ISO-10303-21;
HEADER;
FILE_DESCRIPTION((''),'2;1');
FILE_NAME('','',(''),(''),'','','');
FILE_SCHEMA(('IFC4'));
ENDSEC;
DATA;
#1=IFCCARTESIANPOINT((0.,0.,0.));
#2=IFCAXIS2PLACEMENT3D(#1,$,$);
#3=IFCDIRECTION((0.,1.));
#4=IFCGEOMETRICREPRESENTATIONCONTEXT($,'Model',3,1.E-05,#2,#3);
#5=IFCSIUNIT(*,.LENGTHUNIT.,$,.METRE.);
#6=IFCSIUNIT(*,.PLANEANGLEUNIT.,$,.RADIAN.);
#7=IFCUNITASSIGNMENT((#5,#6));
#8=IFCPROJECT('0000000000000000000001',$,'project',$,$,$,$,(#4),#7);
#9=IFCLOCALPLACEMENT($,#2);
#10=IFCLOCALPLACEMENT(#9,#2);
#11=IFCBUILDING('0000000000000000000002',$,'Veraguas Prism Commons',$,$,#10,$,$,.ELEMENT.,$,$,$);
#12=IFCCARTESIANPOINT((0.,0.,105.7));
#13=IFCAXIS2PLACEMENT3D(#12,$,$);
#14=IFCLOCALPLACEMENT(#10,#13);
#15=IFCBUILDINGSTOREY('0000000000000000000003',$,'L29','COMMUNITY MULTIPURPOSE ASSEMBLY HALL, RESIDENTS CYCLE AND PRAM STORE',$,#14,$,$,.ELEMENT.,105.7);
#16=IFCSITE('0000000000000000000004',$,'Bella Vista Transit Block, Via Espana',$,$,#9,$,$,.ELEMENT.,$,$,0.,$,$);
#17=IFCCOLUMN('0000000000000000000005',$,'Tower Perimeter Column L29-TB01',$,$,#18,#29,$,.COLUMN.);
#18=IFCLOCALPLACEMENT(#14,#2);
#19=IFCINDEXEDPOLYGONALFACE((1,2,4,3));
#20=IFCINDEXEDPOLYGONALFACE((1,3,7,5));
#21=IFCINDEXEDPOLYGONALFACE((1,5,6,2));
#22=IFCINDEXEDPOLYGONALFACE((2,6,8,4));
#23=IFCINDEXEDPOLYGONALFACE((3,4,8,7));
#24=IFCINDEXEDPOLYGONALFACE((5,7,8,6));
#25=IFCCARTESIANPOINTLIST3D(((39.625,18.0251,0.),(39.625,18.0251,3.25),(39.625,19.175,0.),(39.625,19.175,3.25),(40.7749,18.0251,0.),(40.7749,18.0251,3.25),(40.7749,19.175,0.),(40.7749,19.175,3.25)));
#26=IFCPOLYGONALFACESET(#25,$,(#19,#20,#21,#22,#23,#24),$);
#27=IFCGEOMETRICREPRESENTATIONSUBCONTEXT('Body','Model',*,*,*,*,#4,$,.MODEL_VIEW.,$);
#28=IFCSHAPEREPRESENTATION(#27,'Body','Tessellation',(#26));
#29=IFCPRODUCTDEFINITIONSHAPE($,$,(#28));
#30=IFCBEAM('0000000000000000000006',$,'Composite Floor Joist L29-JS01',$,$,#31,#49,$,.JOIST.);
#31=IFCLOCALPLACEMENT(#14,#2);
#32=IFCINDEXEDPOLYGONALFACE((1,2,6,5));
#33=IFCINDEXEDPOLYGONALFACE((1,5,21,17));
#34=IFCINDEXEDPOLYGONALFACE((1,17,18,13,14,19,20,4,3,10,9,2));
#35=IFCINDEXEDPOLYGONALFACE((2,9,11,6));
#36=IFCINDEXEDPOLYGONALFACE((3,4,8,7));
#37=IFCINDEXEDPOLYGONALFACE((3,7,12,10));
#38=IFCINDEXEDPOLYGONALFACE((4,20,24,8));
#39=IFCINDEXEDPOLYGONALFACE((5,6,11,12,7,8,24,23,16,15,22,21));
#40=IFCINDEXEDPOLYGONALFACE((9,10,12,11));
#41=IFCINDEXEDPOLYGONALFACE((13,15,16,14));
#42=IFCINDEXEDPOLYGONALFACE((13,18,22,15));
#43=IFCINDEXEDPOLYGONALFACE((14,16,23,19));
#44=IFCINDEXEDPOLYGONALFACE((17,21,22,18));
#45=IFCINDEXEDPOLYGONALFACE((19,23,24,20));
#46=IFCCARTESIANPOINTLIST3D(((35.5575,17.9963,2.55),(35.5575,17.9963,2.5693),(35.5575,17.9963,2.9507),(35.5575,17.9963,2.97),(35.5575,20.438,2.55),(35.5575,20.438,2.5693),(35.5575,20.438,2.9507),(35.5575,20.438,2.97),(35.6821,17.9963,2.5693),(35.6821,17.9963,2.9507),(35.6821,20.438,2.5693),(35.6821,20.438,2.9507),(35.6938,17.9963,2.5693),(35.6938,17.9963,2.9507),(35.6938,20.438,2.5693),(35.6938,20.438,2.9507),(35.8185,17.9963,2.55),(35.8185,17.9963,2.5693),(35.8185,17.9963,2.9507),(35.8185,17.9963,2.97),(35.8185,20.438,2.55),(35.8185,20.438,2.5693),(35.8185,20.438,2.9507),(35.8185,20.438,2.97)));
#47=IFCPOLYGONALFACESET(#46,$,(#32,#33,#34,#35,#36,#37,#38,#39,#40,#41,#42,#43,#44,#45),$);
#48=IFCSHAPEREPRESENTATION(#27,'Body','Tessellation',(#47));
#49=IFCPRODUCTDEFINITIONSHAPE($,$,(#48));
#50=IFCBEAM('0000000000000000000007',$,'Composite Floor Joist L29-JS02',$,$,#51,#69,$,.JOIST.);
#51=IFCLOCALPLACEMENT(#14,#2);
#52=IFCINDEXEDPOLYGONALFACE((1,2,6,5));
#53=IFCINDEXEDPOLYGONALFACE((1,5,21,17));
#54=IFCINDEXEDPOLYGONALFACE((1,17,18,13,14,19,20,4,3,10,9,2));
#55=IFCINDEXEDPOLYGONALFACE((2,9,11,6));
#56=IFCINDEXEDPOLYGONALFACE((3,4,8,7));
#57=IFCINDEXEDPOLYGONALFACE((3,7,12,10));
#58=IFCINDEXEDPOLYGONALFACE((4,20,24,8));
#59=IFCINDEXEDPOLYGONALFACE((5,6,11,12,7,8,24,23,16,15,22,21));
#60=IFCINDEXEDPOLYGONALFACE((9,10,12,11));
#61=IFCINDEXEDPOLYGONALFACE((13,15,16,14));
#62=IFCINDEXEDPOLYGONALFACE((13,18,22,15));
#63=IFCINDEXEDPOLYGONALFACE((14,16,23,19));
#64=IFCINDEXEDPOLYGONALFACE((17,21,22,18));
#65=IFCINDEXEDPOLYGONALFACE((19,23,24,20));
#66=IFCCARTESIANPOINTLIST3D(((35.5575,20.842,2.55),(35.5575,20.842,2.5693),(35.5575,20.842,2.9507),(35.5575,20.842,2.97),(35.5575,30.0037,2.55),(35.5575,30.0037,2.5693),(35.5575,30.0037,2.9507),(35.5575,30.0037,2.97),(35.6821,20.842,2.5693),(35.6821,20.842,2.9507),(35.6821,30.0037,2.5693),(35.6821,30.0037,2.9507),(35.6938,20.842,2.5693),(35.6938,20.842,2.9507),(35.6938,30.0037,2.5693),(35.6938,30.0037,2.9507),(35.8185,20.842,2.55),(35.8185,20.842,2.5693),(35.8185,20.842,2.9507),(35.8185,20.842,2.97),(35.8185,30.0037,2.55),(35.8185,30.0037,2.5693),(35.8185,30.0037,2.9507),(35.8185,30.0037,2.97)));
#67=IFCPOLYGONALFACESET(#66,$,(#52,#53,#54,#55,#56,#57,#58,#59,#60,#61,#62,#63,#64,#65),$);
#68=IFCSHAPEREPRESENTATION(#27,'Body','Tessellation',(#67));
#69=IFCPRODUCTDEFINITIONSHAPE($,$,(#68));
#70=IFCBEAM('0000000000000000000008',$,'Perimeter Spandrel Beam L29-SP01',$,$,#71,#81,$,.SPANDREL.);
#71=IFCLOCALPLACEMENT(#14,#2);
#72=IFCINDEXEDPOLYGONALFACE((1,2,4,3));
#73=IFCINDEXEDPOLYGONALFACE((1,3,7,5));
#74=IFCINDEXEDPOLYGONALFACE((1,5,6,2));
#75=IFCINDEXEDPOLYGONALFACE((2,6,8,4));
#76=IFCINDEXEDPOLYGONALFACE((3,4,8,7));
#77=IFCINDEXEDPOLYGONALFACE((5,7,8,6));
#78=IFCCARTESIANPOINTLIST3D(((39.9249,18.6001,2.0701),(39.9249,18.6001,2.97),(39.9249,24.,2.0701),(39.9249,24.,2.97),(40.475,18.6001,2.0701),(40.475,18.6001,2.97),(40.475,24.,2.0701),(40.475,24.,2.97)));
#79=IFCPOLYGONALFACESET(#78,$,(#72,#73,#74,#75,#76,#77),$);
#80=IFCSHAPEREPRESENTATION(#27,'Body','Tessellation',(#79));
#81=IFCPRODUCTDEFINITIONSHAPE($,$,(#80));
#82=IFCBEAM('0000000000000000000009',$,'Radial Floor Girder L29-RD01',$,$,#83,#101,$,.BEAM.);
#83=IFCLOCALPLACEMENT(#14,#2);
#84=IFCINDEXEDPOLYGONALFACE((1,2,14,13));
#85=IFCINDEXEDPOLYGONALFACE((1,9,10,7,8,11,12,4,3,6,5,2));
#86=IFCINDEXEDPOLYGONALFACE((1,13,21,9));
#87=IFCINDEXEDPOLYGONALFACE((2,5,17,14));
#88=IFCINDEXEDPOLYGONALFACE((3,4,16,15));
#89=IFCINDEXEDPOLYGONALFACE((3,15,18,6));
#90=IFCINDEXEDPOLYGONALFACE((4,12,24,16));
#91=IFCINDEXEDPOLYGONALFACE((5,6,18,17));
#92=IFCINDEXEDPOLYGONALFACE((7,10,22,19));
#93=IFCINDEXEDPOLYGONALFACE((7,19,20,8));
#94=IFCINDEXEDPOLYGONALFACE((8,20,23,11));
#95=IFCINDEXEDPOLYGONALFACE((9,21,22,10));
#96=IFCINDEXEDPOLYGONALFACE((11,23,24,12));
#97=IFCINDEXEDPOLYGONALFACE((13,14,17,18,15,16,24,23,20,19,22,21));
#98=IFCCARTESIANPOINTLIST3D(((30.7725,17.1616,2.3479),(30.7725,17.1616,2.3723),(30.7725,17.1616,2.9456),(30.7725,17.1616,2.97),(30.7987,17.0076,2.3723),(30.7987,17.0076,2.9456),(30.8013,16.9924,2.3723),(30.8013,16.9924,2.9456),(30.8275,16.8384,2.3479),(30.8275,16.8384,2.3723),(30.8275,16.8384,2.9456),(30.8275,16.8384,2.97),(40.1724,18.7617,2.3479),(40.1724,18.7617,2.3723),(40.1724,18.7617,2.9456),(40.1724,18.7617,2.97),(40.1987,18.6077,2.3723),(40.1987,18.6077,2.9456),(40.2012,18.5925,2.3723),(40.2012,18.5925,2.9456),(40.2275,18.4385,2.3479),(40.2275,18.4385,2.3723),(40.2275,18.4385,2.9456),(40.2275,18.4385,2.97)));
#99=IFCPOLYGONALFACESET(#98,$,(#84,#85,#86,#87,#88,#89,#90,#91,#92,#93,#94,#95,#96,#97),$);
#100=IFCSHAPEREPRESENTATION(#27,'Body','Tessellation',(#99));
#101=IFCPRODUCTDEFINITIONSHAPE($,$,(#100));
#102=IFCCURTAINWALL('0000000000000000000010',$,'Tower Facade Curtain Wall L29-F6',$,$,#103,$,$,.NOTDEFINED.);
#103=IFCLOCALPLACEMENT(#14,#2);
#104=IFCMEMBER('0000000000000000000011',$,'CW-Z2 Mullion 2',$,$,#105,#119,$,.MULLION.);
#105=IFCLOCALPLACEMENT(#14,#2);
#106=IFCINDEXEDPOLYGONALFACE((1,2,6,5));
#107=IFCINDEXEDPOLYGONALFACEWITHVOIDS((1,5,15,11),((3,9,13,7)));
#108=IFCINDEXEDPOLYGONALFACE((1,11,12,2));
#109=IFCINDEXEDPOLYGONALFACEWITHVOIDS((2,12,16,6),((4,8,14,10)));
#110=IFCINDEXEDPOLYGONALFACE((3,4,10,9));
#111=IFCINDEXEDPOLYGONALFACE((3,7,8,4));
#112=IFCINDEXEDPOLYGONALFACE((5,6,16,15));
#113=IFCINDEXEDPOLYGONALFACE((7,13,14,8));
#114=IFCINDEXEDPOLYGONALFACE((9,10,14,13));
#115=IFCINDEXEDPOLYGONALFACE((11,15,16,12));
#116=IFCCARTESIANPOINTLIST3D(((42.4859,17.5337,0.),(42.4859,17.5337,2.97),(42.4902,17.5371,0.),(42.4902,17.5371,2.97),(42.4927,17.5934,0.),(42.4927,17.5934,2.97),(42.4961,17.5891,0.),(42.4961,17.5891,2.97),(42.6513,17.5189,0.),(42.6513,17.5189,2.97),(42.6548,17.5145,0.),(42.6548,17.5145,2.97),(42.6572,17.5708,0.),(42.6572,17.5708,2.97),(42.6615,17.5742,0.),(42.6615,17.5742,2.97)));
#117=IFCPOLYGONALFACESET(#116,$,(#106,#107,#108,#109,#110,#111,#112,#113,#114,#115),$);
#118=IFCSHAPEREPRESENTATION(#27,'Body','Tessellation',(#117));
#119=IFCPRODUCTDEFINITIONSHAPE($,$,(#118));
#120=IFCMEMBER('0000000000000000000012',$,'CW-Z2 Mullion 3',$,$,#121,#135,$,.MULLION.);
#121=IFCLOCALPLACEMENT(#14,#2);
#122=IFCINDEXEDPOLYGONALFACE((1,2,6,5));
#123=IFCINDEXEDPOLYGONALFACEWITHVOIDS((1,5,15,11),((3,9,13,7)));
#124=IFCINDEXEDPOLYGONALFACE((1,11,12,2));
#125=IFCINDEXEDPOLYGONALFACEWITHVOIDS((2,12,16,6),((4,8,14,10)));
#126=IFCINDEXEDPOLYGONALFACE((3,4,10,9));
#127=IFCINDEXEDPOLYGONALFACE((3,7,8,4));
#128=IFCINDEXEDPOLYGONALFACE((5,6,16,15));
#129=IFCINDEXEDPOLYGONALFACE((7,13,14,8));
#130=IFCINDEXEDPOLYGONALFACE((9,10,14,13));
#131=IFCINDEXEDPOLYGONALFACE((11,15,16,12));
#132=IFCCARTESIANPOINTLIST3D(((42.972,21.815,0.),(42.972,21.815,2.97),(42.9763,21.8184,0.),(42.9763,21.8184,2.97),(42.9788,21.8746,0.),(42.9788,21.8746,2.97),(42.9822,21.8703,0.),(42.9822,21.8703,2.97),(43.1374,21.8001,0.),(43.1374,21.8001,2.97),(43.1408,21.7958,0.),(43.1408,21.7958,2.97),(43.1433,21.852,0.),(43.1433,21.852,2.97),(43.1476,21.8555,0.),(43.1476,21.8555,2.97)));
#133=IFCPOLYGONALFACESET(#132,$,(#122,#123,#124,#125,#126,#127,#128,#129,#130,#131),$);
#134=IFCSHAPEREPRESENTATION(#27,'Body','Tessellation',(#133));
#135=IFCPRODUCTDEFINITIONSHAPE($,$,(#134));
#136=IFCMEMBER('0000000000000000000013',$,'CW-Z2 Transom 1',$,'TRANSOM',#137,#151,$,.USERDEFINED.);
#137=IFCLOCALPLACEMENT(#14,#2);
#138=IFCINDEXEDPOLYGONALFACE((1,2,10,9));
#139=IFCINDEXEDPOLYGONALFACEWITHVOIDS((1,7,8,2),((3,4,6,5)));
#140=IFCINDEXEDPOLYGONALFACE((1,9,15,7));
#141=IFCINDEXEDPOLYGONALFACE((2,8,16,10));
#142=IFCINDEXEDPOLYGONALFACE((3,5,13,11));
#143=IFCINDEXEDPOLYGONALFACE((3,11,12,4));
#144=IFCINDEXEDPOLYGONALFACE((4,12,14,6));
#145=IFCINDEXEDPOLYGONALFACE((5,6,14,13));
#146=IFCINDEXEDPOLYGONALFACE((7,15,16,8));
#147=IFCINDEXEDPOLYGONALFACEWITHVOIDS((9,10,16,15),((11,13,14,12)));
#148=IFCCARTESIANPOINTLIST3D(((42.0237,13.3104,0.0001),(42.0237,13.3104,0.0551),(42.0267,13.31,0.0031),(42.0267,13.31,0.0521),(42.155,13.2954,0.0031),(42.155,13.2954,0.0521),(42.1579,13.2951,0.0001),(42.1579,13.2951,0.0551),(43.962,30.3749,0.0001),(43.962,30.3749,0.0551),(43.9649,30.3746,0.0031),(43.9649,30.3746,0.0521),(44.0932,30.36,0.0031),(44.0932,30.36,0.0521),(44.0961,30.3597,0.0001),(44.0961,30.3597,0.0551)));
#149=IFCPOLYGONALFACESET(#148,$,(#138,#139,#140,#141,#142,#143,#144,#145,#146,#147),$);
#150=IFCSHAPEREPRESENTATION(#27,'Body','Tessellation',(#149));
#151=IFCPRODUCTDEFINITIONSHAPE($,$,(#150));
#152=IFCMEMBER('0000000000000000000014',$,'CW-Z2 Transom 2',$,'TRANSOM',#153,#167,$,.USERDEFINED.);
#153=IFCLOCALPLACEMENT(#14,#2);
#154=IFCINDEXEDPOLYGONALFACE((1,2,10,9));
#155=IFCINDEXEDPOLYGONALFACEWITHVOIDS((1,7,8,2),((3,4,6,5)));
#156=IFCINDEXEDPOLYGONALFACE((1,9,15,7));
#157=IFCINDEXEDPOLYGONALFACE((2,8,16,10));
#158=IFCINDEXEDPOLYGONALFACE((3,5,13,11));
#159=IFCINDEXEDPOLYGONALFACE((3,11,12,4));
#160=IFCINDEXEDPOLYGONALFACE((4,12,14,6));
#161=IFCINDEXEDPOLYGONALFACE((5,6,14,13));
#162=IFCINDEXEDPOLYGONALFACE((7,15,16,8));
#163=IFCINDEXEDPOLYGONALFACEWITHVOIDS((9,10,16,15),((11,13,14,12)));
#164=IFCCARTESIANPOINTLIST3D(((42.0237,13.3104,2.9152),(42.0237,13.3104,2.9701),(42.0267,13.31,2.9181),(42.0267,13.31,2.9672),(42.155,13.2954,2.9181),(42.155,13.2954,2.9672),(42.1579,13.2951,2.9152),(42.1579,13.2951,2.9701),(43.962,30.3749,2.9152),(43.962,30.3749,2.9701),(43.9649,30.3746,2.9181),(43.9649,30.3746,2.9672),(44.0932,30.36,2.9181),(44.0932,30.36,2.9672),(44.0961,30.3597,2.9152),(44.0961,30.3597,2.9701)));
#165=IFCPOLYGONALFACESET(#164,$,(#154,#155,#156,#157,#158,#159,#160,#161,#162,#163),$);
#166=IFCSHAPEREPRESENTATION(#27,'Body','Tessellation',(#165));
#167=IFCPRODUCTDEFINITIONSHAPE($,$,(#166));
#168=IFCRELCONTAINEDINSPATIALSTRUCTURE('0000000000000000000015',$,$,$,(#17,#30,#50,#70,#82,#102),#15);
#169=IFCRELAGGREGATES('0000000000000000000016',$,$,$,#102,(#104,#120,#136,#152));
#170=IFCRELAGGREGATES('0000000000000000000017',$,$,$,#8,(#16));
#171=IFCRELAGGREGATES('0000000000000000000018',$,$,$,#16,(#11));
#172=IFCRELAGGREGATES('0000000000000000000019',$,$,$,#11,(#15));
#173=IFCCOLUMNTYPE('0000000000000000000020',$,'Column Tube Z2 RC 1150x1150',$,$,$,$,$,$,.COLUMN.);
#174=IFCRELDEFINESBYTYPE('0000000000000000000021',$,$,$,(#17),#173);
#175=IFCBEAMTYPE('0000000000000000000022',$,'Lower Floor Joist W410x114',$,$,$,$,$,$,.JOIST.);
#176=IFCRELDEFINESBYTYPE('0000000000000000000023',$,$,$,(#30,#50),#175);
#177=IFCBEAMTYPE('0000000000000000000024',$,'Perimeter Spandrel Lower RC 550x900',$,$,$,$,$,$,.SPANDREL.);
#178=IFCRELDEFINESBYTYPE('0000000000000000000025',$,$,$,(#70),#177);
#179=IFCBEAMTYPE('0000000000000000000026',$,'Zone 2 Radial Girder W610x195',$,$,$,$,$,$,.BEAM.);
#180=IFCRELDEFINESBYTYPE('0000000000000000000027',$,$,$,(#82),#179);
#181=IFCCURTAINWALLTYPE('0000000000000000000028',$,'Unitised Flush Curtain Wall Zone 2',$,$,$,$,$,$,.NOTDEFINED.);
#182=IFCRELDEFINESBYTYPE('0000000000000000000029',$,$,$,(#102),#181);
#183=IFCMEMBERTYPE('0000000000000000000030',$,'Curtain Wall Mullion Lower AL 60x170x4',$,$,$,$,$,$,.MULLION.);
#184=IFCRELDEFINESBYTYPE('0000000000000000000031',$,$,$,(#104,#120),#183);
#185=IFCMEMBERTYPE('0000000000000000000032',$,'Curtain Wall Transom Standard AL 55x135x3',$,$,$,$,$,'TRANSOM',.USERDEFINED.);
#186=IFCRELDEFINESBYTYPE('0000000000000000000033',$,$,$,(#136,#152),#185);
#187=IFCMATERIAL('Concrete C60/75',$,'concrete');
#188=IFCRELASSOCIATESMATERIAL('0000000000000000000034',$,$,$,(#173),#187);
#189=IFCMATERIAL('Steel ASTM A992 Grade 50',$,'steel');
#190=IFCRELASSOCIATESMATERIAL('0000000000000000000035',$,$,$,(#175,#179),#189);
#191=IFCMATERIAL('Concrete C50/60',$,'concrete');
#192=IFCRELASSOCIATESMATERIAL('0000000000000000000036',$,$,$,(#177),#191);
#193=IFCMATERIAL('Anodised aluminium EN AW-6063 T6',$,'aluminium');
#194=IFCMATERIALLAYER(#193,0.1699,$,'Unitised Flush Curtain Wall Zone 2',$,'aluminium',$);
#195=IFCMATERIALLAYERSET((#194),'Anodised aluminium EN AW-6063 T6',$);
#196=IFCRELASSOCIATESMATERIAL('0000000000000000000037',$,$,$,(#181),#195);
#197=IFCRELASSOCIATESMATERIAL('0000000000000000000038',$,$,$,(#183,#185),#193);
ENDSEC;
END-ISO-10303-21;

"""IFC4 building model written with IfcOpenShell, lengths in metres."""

from ifc_helpers import new_model, si_unit, direction, frame, origin, origin_2d, place, context, subcontext, project, spatial, rectangle, hollow_rectangle, i_section, extrude, source, transform, mapped, material, layer, layer_set, material_profile, profile_set, type_object, element, aggregate, save


model = new_model("IFC4")

# Units and contexts
model_context = context("Model", 3, precision=1e-05, world=origin(), true_north=direction((0.0, 1.0)))
body_context = subcontext(model_context, "Body", "Model", "MODEL_VIEW")
ifc_project = project(units=[si_unit("LENGTHUNIT", "METRE"), si_unit("PLANEANGLEUNIT", "RADIAN")], contexts=[model_context])

# Site, building, storey
site_placement = place(None, origin())
site = spatial("IfcSite", under=ifc_project, at=site_placement, Name="Bella Vista Transit Block, Via Espana", CompositionType="ELEMENT", RefElevation=0.0)
building_placement = place(site_placement, origin())
building = spatial("IfcBuilding", under=site, at=building_placement, Name="Veraguas Prism Commons", CompositionType="ELEMENT")
storey_placement = place(building_placement, frame((0.0, 0.0, 105.7)))
storey = spatial("IfcBuildingStorey", under=building, at=storey_placement, Name="L29", Description="COMMUNITY MULTIPURPOSE ASSEMBLY HALL, RESIDENTS CYCLE AND PRAM STORE", CompositionType="ELEMENT", Elevation=105.7)

# Column
ifc_material_1 = material(Name="Concrete C60/75", Category="concrete")
ifc_material_profile_1 = material_profile(ifc_material_1, rectangle(XDim=1.1499, YDim=1.1499, at=origin_2d()), Name="RC1150X1150")
ifc_profile_set_1 = profile_set([ifc_material_profile_1], Name="Concrete C60/75")
column_type = type_object("IfcColumnType", Name="Column Tube Z2 RC 1150x1150", PredefinedType="COLUMN", material=ifc_profile_set_1)
column_placement = place(storey_placement, frame((40.2, 18.6001, 0.0), z_axis=(0.0, 0.0, 1.0), x_axis=(1.0, 0.0, 0.0)))
element("IfcColumn", 1, at=column_placement, inside=storey, type_object=column_type, Name="Tower Perimeter Column L29-TB01", PredefinedType="COLUMN", context=body_context, shape_type="SweptSolid", body=[
    extrude(rectangle(XDim=1.1499, YDim=1.1499, at=origin_2d()), origin(), (0.0, 0.0, 1.0), 3.25),
])

# Beams
ifc_material_2 = material(Name="Steel ASTM A992 Grade 50", Category="steel")
ifc_material_profile_2 = material_profile(ifc_material_2, i_section(OverallWidth=0.261, OverallDepth=0.4199, WebThickness=0.0117, FlangeThickness=0.0193, at=origin_2d()), Name="W410X114")
ifc_profile_set_2 = profile_set([ifc_material_profile_2], Name="Steel ASTM A992 Grade 50")
beam_type_1 = type_object("IfcBeamType", Name="Lower Floor Joist W410x114", PredefinedType="JOIST", material=ifc_profile_set_2)
beam_1_placement = place(storey_placement, frame((35.688, 17.9963, 2.76), z_axis=(0.0, 1.0, 0.0), x_axis=(-1.0, 0.0, 0.0)))
element("IfcBeam", 2, at=beam_1_placement, inside=storey, type_object=beam_type_1, Name="Composite Floor Joist L29-JS01", PredefinedType="JOIST", context=body_context, shape_type="SweptSolid", body=[
    extrude(i_section(OverallWidth=0.261, OverallDepth=0.4199, WebThickness=0.0117, FlangeThickness=0.0193, at=origin_2d()), origin(), (0.0, 0.0, 1.0), 2.4417),
])
beam_2_placement = place(storey_placement, frame((35.688, 20.842, 2.76), z_axis=(0.0, 1.0, 0.0), x_axis=(-1.0, 0.0, 0.0)))
element("IfcBeam", 3, at=beam_2_placement, inside=storey, type_object=beam_type_1, Name="Composite Floor Joist L29-JS02", PredefinedType="JOIST", context=body_context, shape_type="SweptSolid", body=[
    extrude(i_section(OverallWidth=0.261, OverallDepth=0.4199, WebThickness=0.0117, FlangeThickness=0.0193, at=origin_2d()), origin(), (0.0, 0.0, 1.0), 9.1616),
])
ifc_material_3 = material(Name="Concrete C50/60", Category="concrete")
ifc_material_profile_3 = material_profile(ifc_material_3, rectangle(XDim=0.55, YDim=0.8999, at=origin_2d()), Name="RC550X900")
ifc_profile_set_3 = profile_set([ifc_material_profile_3], Name="Concrete C50/60")
beam_type_2 = type_object("IfcBeamType", Name="Perimeter Spandrel Lower RC 550x900", PredefinedType="SPANDREL", material=ifc_profile_set_3)
beam_3_placement = place(storey_placement, frame((40.2, 18.6001, 2.52), z_axis=(0.0, 1.0, 0.0), x_axis=(-1.0, 0.0, 0.0)))
element("IfcBeam", 4, at=beam_3_placement, inside=storey, type_object=beam_type_2, Name="Perimeter Spandrel Beam L29-SP01", PredefinedType="SPANDREL", context=body_context, shape_type="SweptSolid", body=[
    extrude(rectangle(XDim=0.55, YDim=0.8999, at=origin_2d()), origin(), (0.0, 0.0, 1.0), 5.3999),
])
ifc_material_profile_4 = material_profile(ifc_material_2, i_section(OverallWidth=0.3279, OverallDepth=0.6221, WebThickness=0.0154, FlangeThickness=0.0244, at=origin_2d()), Name="W610X195")
ifc_profile_set_4 = profile_set([ifc_material_profile_4], Name="Steel ASTM A992 Grade 50")
beam_type_3 = type_object("IfcBeamType", Name="Zone 2 Radial Girder W610x195", PredefinedType="BEAM", material=ifc_profile_set_4)
beam_4_placement = place(storey_placement, frame((40.2, 18.6001, 2.6589), z_axis=(-0.985819, -0.167811, 0.0), x_axis=(0.167811, -0.985819, 0.0)))
element("IfcBeam", 5, at=beam_4_placement, inside=storey, type_object=beam_type_3, Name="Radial Floor Girder L29-RD01", PredefinedType="BEAM", context=body_context, shape_type="SweptSolid", body=[
    extrude(i_section(OverallWidth=0.3279, OverallDepth=0.6221, WebThickness=0.0154, FlangeThickness=0.0244, at=origin_2d()), origin(), (0.0, 0.0, 1.0), 9.5352),
])

# Curtain wall, members
ifc_material_4 = material(Name="Anodised aluminium EN AW-6063 T6", Category="aluminium")
ifc_layer_1 = layer(ifc_material_4, 0.1699, Name="Unitised Flush Curtain Wall Zone 2", Category="aluminium")
ifc_layer_set_1 = layer_set([ifc_layer_1], Name="Anodised aluminium EN AW-6063 T6")
curtain_wall_type = type_object("IfcCurtainWallType", Name="Unitised Flush Curtain Wall Zone 2", PredefinedType="NOTDEFINED", material=ifc_layer_set_1)
curtain_wall_placement = place(storey_placement, origin())
curtain_wall = element("IfcCurtainWall", 6, at=curtain_wall_placement, inside=storey, type_object=curtain_wall_type, Name="Tower Facade Curtain Wall L29-F6", PredefinedType="NOTDEFINED")
ifc_material_profile_5 = material_profile(ifc_material_4, hollow_rectangle(XDim=0.0601, YDim=0.1699, WallThickness=0.0039, at=origin_2d()), Name="AL60X170X4")
ifc_profile_set_5 = profile_set([ifc_material_profile_5], Name="Anodised aluminium EN AW-6063 T6")
member_type_1 = type_object("IfcMemberType", Name="Curtain Wall Mullion Lower AL 60x170x4", PredefinedType="MULLION", material=ifc_profile_set_5)
shared_shape_1 = source(origin(), body_context, "Body", "SweptSolid", [
    extrude(hollow_rectangle(XDim=0.0601, YDim=0.1699, WallThickness=0.0039, at=origin_2d()), origin(), (0.0, 0.0, 1.0), 2.97),
])
member_1_placement = place(storey_placement, frame((42.5737, 17.554, 0.0), z_axis=(0.0, 0.0, 1.0), x_axis=(0.112856, 0.993611, 0.0)))
member_1 = element("IfcMember", 7, at=member_1_placement, type_object=member_type_1, Name="CW-Z2 Mullion 2", PredefinedType="MULLION", context=body_context, shape_type="MappedRepresentation", body=[
    mapped(shared_shape_1, transform((0.0, 0.0, 0.0), scale=1.0)),
])
member_2_placement = place(storey_placement, frame((43.0598, 21.8352, 0.0), z_axis=(0.0, 0.0, 1.0), x_axis=(0.112856, 0.993611, 0.0)))
member_2 = element("IfcMember", 8, at=member_2_placement, type_object=member_type_1, Name="CW-Z2 Mullion 3", PredefinedType="MULLION", context=body_context, shape_type="MappedRepresentation", body=[
    mapped(shared_shape_1, transform((0.0, 0.0, 0.0), scale=1.0)),
])
ifc_material_profile_6 = material_profile(ifc_material_4, hollow_rectangle(XDim=0.0549, YDim=0.135, WallThickness=0.0029, at=origin_2d()), Name="AL55X135X3")
ifc_profile_set_6 = profile_set([ifc_material_profile_6], Name="Anodised aluminium EN AW-6063 T6")
member_type_2 = type_object("IfcMemberType", Name="Curtain Wall Transom Standard AL 55x135x3", ElementType="TRANSOM", PredefinedType="USERDEFINED", material=ifc_profile_set_6)
shared_shape_2 = source(origin(), body_context, "Body", "SweptSolid", [
    extrude(hollow_rectangle(XDim=0.0549, YDim=0.135, WallThickness=0.0029, at=origin_2d()), origin(), (0.0, 0.0, 1.0), 17.1743),
])
member_3_placement = place(storey_placement, frame((42.0908, 13.3027, 0.0276), z_axis=(0.112856, 0.993611, 0.0), x_axis=(0.0, 0.0, 1.0)))
member_3 = element("IfcMember", 9, at=member_3_placement, type_object=member_type_2, Name="CW-Z2 Transom 1", ObjectType="TRANSOM", PredefinedType="USERDEFINED", context=body_context, shape_type="MappedRepresentation", body=[
    mapped(shared_shape_2, transform((0.0, 0.0, 0.0), scale=1.0)),
])
member_4_placement = place(storey_placement, frame((42.0908, 13.3027, 2.9426), z_axis=(0.112856, 0.993611, 0.0), x_axis=(0.0, 0.0, 1.0)))
member_4 = element("IfcMember", 10, at=member_4_placement, type_object=member_type_2, Name="CW-Z2 Transom 2", ObjectType="TRANSOM", PredefinedType="USERDEFINED", context=body_context, shape_type="MappedRepresentation", body=[
    mapped(shared_shape_2, transform((0.0, 0.0, 0.0), scale=1.0)),
])
aggregate(curtain_wall, [member_1, member_2, member_3, member_4])

save(model, "model.ifc")
